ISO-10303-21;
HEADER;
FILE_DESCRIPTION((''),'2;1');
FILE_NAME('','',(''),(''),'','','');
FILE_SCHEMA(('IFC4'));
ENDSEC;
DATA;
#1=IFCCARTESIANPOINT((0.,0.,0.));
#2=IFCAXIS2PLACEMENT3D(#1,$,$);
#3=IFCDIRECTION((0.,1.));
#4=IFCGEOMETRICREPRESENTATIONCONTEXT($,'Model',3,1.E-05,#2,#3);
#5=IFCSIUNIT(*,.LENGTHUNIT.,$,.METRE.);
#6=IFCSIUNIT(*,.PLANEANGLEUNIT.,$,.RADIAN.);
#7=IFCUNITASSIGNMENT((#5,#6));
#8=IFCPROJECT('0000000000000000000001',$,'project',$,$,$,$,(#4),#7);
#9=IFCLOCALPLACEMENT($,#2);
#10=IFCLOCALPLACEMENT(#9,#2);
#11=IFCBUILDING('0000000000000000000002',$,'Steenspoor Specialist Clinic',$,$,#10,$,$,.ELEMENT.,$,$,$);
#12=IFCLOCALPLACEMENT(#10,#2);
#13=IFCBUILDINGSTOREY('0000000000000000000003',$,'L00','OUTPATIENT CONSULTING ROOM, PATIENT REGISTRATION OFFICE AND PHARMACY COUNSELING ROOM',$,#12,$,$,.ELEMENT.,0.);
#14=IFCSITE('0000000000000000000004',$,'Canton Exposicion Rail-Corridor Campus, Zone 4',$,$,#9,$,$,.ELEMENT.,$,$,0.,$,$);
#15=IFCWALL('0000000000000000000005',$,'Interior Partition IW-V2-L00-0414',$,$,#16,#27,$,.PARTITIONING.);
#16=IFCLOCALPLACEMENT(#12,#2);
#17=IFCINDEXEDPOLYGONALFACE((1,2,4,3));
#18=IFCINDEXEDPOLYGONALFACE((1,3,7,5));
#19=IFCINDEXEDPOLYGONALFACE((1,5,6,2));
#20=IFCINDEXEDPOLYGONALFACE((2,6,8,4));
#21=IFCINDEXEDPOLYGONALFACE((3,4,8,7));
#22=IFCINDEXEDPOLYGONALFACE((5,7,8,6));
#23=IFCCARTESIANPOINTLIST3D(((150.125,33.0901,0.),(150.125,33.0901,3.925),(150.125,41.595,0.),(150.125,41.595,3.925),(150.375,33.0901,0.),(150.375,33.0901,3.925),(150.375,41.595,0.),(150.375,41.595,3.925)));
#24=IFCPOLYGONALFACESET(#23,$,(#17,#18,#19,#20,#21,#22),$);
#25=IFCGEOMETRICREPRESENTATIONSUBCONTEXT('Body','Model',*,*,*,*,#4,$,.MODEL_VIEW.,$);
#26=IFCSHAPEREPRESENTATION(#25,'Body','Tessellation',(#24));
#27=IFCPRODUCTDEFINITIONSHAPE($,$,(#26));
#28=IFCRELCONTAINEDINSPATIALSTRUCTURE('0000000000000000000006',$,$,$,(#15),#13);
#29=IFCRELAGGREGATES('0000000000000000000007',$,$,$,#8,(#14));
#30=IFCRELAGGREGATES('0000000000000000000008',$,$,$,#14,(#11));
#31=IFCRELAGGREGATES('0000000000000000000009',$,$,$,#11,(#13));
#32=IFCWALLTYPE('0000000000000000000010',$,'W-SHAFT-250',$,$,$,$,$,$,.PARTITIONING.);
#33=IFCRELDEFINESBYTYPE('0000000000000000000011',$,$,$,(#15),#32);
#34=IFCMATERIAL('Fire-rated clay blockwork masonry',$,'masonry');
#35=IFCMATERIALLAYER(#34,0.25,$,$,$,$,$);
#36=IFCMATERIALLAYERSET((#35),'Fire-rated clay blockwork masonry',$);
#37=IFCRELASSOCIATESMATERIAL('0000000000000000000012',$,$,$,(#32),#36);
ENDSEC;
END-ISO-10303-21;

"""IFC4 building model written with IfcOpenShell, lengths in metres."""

from ifc_helpers import new_model, si_unit, direction, frame, frame_2d, origin, place, context, subcontext, project, spatial, rectangle, extrude, material, layer, layer_set, type_object, element, save


model = new_model("IFC4")

# Units and contexts
model_context = context("Model", 3, precision=1e-05, world=origin(), true_north=direction((0.0, 1.0)))
body_context = subcontext(model_context, "Body", "Model", "MODEL_VIEW")
ifc_project = project(units=[si_unit("LENGTHUNIT", "METRE"), si_unit("PLANEANGLEUNIT", "RADIAN")], contexts=[model_context])

# Site, building, storey
site_placement = place(None, origin())
site = spatial("IfcSite", under=ifc_project, at=site_placement, Name="Canton Exposicion Rail-Corridor Campus, Zone 4", CompositionType="ELEMENT", RefElevation=0.0)
building_placement = place(site_placement, origin())
building = spatial("IfcBuilding", under=site, at=building_placement, Name="Steenspoor Specialist Clinic", CompositionType="ELEMENT")
storey_placement = place(building_placement, origin())
storey = spatial("IfcBuildingStorey", under=building, at=storey_placement, Name="L00", Description="OUTPATIENT CONSULTING ROOM, PATIENT REGISTRATION OFFICE AND PHARMACY COUNSELING ROOM", CompositionType="ELEMENT", Elevation=0.0)

# Shared definitions
ifc_material_1 = material(Name="Fire-rated clay blockwork masonry", Category="masonry")
ifc_layer_1 = layer(ifc_material_1, 0.25)
ifc_layer_set_1 = layer_set([ifc_layer_1], Name="Fire-rated clay blockwork masonry")
wall_type_1 = type_object("IfcWallType", Name="W-SHAFT-250", PredefinedType="PARTITIONING", material=ifc_layer_set_1)

# Wall
wall_1_placement = place(storey_placement, frame((150.25, 33.0901, 0.0), z_axis=(0.0, 0.0, 1.0), x_axis=(0.0, 1.0, 0.0)))
element("IfcWall", 1, at=wall_1_placement, inside=storey, type_object=wall_type_1, Name="Interior Partition IW-V2-L00-0414", PredefinedType="PARTITIONING", context=body_context, shape_type="SweptSolid", body=[
    extrude(rectangle(XDim=8.5049, YDim=0.25, at=frame_2d((4.2524, 0.0))), origin(), (0.0, 0.0, 1.0), 3.925),
])

save(model, "model.ifc")
